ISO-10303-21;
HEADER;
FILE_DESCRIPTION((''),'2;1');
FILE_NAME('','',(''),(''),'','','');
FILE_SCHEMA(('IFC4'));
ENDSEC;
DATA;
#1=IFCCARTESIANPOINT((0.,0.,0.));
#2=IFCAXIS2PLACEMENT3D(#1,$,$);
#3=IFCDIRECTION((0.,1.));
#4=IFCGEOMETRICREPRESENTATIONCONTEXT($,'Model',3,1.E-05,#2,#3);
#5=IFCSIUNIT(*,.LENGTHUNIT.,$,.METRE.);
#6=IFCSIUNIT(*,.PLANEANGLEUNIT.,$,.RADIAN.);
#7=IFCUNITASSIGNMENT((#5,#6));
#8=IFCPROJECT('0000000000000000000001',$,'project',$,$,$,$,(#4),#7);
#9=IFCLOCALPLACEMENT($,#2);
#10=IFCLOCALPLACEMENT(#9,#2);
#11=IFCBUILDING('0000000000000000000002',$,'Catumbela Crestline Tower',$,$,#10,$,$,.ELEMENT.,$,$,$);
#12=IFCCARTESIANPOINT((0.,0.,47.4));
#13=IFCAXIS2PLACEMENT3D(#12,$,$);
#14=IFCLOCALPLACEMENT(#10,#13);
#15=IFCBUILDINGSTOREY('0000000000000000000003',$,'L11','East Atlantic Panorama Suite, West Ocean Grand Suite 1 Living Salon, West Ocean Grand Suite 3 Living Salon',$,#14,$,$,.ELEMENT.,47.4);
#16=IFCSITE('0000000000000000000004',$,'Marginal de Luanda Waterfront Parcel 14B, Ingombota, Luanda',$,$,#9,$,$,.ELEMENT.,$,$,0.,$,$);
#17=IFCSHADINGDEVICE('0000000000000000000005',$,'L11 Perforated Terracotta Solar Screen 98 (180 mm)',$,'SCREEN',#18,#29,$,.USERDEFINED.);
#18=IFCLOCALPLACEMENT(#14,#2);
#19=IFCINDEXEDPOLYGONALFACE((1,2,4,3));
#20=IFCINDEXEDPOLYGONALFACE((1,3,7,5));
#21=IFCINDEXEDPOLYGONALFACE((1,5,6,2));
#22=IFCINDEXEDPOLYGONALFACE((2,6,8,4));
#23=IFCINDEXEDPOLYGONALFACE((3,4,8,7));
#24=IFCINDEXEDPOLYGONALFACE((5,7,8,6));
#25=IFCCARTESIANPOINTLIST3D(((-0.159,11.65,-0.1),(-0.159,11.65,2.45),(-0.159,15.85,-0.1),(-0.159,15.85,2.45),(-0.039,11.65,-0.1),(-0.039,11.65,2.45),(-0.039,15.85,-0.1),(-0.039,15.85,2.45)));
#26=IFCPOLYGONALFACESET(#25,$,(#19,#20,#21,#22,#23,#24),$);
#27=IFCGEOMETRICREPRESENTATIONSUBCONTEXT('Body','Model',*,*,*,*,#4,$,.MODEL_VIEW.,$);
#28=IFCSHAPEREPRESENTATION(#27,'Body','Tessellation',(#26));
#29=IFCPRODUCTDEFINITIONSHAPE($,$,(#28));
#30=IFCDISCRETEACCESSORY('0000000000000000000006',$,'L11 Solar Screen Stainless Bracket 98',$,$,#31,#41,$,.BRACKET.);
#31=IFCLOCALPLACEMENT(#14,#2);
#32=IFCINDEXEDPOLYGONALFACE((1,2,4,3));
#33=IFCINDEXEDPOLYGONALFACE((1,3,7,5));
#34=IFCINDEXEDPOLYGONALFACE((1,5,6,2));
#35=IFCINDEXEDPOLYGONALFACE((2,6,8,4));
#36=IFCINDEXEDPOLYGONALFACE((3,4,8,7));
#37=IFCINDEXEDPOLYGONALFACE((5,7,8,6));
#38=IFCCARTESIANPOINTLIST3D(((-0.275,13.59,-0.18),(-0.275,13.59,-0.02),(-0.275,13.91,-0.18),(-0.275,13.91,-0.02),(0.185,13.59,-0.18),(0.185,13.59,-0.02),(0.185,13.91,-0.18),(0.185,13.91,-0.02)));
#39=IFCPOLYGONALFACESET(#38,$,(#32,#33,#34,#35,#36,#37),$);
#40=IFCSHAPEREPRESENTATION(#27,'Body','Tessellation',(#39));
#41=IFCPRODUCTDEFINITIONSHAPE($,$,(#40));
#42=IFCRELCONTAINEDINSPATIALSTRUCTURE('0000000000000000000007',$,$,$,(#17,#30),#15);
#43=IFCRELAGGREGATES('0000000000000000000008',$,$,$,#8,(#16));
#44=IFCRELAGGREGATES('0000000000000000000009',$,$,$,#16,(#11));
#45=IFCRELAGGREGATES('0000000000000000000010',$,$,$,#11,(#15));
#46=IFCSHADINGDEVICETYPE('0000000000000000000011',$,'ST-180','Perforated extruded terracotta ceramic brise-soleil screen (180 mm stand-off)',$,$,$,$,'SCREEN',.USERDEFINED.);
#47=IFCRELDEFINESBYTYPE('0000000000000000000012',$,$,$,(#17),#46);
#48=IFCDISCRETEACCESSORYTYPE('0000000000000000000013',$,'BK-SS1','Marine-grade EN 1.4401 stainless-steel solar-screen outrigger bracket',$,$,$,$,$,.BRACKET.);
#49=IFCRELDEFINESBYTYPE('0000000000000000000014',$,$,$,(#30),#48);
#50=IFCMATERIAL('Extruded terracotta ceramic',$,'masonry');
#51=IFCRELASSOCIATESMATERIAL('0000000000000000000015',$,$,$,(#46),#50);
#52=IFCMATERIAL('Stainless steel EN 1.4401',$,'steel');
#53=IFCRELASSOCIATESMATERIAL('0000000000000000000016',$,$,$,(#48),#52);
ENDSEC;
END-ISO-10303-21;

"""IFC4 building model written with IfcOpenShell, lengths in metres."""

from ifc_helpers import new_model, si_unit, direction, frame, origin, origin_2d, place, context, subcontext, project, spatial, rectangle, extrude, material, type_object, element, save


model = new_model("IFC4")

# Units and contexts
model_context = context("Model", 3, precision=1e-05, world=origin(), true_north=direction((0.0, 1.0)))
body_context = subcontext(model_context, "Body", "Model", "MODEL_VIEW")
ifc_project = project(units=[si_unit("LENGTHUNIT", "METRE"), si_unit("PLANEANGLEUNIT", "RADIAN")], contexts=[model_context])

# Site, building, storey
site_placement = place(None, origin())
site = spatial("IfcSite", under=ifc_project, at=site_placement, Name="Marginal de Luanda Waterfront Parcel 14B, Ingombota, Luanda", CompositionType="ELEMENT", RefElevation=0.0)
building_placement = place(site_placement, origin())
building = spatial("IfcBuilding", under=site, at=building_placement, Name="Catumbela Crestline Tower", CompositionType="ELEMENT")
storey_placement = place(building_placement, frame((0.0, 0.0, 47.4)))
storey = spatial("IfcBuildingStorey", under=building, at=storey_placement, Name="L11", Description="East Atlantic Panorama Suite, West Ocean Grand Suite 1 Living Salon, West Ocean Grand Suite 3 Living Salon", CompositionType="ELEMENT", Elevation=47.4)

# Shading device
ifc_material_1 = material(Name="Extruded terracotta ceramic", Category="masonry")
shading_device_type = type_object("IfcShadingDeviceType", Name="ST-180", Description="Perforated extruded terracotta ceramic brise-soleil screen (180 mm stand-off)", ElementType="SCREEN", PredefinedType="USERDEFINED", material=ifc_material_1)
shading_device_placement = place(storey_placement, frame((-0.099, 13.75, -0.1), z_axis=(0.0, 0.0, 1.0), x_axis=(0.0, -1.0, 0.0)))
element("IfcShadingDevice", 1, at=shading_device_placement, inside=storey, type_object=shading_device_type, Name="L11 Perforated Terracotta Solar Screen 98 (180 mm)", ObjectType="SCREEN", PredefinedType="USERDEFINED", context=body_context, shape_type="SweptSolid", body=[
    extrude(rectangle(XDim=4.2, YDim=0.12, at=origin_2d()), origin(), (0.0, 0.0, 1.0), 2.55),
])

# Discrete accessory
ifc_material_2 = material(Name="Stainless steel EN 1.4401", Category="steel")
discrete_accessory_type = type_object("IfcDiscreteAccessoryType", Name="BK-SS1", Description="Marine-grade EN 1.4401 stainless-steel solar-screen outrigger bracket", PredefinedType="BRACKET", material=ifc_material_2)
discrete_accessory_placement = place(storey_placement, frame((-0.045, 13.75, -0.18), z_axis=(0.0, 0.0, 1.0), x_axis=(0.0, -1.0, 0.0)))
element("IfcDiscreteAccessory", 2, at=discrete_accessory_placement, inside=storey, type_object=discrete_accessory_type, Name="L11 Solar Screen Stainless Bracket 98", PredefinedType="BRACKET", context=body_context, shape_type="SweptSolid", body=[
    extrude(rectangle(XDim=0.32, YDim=0.46, at=origin_2d()), origin(), (0.0, 0.0, 1.0), 0.16),
])

save(model, "model.ifc")
